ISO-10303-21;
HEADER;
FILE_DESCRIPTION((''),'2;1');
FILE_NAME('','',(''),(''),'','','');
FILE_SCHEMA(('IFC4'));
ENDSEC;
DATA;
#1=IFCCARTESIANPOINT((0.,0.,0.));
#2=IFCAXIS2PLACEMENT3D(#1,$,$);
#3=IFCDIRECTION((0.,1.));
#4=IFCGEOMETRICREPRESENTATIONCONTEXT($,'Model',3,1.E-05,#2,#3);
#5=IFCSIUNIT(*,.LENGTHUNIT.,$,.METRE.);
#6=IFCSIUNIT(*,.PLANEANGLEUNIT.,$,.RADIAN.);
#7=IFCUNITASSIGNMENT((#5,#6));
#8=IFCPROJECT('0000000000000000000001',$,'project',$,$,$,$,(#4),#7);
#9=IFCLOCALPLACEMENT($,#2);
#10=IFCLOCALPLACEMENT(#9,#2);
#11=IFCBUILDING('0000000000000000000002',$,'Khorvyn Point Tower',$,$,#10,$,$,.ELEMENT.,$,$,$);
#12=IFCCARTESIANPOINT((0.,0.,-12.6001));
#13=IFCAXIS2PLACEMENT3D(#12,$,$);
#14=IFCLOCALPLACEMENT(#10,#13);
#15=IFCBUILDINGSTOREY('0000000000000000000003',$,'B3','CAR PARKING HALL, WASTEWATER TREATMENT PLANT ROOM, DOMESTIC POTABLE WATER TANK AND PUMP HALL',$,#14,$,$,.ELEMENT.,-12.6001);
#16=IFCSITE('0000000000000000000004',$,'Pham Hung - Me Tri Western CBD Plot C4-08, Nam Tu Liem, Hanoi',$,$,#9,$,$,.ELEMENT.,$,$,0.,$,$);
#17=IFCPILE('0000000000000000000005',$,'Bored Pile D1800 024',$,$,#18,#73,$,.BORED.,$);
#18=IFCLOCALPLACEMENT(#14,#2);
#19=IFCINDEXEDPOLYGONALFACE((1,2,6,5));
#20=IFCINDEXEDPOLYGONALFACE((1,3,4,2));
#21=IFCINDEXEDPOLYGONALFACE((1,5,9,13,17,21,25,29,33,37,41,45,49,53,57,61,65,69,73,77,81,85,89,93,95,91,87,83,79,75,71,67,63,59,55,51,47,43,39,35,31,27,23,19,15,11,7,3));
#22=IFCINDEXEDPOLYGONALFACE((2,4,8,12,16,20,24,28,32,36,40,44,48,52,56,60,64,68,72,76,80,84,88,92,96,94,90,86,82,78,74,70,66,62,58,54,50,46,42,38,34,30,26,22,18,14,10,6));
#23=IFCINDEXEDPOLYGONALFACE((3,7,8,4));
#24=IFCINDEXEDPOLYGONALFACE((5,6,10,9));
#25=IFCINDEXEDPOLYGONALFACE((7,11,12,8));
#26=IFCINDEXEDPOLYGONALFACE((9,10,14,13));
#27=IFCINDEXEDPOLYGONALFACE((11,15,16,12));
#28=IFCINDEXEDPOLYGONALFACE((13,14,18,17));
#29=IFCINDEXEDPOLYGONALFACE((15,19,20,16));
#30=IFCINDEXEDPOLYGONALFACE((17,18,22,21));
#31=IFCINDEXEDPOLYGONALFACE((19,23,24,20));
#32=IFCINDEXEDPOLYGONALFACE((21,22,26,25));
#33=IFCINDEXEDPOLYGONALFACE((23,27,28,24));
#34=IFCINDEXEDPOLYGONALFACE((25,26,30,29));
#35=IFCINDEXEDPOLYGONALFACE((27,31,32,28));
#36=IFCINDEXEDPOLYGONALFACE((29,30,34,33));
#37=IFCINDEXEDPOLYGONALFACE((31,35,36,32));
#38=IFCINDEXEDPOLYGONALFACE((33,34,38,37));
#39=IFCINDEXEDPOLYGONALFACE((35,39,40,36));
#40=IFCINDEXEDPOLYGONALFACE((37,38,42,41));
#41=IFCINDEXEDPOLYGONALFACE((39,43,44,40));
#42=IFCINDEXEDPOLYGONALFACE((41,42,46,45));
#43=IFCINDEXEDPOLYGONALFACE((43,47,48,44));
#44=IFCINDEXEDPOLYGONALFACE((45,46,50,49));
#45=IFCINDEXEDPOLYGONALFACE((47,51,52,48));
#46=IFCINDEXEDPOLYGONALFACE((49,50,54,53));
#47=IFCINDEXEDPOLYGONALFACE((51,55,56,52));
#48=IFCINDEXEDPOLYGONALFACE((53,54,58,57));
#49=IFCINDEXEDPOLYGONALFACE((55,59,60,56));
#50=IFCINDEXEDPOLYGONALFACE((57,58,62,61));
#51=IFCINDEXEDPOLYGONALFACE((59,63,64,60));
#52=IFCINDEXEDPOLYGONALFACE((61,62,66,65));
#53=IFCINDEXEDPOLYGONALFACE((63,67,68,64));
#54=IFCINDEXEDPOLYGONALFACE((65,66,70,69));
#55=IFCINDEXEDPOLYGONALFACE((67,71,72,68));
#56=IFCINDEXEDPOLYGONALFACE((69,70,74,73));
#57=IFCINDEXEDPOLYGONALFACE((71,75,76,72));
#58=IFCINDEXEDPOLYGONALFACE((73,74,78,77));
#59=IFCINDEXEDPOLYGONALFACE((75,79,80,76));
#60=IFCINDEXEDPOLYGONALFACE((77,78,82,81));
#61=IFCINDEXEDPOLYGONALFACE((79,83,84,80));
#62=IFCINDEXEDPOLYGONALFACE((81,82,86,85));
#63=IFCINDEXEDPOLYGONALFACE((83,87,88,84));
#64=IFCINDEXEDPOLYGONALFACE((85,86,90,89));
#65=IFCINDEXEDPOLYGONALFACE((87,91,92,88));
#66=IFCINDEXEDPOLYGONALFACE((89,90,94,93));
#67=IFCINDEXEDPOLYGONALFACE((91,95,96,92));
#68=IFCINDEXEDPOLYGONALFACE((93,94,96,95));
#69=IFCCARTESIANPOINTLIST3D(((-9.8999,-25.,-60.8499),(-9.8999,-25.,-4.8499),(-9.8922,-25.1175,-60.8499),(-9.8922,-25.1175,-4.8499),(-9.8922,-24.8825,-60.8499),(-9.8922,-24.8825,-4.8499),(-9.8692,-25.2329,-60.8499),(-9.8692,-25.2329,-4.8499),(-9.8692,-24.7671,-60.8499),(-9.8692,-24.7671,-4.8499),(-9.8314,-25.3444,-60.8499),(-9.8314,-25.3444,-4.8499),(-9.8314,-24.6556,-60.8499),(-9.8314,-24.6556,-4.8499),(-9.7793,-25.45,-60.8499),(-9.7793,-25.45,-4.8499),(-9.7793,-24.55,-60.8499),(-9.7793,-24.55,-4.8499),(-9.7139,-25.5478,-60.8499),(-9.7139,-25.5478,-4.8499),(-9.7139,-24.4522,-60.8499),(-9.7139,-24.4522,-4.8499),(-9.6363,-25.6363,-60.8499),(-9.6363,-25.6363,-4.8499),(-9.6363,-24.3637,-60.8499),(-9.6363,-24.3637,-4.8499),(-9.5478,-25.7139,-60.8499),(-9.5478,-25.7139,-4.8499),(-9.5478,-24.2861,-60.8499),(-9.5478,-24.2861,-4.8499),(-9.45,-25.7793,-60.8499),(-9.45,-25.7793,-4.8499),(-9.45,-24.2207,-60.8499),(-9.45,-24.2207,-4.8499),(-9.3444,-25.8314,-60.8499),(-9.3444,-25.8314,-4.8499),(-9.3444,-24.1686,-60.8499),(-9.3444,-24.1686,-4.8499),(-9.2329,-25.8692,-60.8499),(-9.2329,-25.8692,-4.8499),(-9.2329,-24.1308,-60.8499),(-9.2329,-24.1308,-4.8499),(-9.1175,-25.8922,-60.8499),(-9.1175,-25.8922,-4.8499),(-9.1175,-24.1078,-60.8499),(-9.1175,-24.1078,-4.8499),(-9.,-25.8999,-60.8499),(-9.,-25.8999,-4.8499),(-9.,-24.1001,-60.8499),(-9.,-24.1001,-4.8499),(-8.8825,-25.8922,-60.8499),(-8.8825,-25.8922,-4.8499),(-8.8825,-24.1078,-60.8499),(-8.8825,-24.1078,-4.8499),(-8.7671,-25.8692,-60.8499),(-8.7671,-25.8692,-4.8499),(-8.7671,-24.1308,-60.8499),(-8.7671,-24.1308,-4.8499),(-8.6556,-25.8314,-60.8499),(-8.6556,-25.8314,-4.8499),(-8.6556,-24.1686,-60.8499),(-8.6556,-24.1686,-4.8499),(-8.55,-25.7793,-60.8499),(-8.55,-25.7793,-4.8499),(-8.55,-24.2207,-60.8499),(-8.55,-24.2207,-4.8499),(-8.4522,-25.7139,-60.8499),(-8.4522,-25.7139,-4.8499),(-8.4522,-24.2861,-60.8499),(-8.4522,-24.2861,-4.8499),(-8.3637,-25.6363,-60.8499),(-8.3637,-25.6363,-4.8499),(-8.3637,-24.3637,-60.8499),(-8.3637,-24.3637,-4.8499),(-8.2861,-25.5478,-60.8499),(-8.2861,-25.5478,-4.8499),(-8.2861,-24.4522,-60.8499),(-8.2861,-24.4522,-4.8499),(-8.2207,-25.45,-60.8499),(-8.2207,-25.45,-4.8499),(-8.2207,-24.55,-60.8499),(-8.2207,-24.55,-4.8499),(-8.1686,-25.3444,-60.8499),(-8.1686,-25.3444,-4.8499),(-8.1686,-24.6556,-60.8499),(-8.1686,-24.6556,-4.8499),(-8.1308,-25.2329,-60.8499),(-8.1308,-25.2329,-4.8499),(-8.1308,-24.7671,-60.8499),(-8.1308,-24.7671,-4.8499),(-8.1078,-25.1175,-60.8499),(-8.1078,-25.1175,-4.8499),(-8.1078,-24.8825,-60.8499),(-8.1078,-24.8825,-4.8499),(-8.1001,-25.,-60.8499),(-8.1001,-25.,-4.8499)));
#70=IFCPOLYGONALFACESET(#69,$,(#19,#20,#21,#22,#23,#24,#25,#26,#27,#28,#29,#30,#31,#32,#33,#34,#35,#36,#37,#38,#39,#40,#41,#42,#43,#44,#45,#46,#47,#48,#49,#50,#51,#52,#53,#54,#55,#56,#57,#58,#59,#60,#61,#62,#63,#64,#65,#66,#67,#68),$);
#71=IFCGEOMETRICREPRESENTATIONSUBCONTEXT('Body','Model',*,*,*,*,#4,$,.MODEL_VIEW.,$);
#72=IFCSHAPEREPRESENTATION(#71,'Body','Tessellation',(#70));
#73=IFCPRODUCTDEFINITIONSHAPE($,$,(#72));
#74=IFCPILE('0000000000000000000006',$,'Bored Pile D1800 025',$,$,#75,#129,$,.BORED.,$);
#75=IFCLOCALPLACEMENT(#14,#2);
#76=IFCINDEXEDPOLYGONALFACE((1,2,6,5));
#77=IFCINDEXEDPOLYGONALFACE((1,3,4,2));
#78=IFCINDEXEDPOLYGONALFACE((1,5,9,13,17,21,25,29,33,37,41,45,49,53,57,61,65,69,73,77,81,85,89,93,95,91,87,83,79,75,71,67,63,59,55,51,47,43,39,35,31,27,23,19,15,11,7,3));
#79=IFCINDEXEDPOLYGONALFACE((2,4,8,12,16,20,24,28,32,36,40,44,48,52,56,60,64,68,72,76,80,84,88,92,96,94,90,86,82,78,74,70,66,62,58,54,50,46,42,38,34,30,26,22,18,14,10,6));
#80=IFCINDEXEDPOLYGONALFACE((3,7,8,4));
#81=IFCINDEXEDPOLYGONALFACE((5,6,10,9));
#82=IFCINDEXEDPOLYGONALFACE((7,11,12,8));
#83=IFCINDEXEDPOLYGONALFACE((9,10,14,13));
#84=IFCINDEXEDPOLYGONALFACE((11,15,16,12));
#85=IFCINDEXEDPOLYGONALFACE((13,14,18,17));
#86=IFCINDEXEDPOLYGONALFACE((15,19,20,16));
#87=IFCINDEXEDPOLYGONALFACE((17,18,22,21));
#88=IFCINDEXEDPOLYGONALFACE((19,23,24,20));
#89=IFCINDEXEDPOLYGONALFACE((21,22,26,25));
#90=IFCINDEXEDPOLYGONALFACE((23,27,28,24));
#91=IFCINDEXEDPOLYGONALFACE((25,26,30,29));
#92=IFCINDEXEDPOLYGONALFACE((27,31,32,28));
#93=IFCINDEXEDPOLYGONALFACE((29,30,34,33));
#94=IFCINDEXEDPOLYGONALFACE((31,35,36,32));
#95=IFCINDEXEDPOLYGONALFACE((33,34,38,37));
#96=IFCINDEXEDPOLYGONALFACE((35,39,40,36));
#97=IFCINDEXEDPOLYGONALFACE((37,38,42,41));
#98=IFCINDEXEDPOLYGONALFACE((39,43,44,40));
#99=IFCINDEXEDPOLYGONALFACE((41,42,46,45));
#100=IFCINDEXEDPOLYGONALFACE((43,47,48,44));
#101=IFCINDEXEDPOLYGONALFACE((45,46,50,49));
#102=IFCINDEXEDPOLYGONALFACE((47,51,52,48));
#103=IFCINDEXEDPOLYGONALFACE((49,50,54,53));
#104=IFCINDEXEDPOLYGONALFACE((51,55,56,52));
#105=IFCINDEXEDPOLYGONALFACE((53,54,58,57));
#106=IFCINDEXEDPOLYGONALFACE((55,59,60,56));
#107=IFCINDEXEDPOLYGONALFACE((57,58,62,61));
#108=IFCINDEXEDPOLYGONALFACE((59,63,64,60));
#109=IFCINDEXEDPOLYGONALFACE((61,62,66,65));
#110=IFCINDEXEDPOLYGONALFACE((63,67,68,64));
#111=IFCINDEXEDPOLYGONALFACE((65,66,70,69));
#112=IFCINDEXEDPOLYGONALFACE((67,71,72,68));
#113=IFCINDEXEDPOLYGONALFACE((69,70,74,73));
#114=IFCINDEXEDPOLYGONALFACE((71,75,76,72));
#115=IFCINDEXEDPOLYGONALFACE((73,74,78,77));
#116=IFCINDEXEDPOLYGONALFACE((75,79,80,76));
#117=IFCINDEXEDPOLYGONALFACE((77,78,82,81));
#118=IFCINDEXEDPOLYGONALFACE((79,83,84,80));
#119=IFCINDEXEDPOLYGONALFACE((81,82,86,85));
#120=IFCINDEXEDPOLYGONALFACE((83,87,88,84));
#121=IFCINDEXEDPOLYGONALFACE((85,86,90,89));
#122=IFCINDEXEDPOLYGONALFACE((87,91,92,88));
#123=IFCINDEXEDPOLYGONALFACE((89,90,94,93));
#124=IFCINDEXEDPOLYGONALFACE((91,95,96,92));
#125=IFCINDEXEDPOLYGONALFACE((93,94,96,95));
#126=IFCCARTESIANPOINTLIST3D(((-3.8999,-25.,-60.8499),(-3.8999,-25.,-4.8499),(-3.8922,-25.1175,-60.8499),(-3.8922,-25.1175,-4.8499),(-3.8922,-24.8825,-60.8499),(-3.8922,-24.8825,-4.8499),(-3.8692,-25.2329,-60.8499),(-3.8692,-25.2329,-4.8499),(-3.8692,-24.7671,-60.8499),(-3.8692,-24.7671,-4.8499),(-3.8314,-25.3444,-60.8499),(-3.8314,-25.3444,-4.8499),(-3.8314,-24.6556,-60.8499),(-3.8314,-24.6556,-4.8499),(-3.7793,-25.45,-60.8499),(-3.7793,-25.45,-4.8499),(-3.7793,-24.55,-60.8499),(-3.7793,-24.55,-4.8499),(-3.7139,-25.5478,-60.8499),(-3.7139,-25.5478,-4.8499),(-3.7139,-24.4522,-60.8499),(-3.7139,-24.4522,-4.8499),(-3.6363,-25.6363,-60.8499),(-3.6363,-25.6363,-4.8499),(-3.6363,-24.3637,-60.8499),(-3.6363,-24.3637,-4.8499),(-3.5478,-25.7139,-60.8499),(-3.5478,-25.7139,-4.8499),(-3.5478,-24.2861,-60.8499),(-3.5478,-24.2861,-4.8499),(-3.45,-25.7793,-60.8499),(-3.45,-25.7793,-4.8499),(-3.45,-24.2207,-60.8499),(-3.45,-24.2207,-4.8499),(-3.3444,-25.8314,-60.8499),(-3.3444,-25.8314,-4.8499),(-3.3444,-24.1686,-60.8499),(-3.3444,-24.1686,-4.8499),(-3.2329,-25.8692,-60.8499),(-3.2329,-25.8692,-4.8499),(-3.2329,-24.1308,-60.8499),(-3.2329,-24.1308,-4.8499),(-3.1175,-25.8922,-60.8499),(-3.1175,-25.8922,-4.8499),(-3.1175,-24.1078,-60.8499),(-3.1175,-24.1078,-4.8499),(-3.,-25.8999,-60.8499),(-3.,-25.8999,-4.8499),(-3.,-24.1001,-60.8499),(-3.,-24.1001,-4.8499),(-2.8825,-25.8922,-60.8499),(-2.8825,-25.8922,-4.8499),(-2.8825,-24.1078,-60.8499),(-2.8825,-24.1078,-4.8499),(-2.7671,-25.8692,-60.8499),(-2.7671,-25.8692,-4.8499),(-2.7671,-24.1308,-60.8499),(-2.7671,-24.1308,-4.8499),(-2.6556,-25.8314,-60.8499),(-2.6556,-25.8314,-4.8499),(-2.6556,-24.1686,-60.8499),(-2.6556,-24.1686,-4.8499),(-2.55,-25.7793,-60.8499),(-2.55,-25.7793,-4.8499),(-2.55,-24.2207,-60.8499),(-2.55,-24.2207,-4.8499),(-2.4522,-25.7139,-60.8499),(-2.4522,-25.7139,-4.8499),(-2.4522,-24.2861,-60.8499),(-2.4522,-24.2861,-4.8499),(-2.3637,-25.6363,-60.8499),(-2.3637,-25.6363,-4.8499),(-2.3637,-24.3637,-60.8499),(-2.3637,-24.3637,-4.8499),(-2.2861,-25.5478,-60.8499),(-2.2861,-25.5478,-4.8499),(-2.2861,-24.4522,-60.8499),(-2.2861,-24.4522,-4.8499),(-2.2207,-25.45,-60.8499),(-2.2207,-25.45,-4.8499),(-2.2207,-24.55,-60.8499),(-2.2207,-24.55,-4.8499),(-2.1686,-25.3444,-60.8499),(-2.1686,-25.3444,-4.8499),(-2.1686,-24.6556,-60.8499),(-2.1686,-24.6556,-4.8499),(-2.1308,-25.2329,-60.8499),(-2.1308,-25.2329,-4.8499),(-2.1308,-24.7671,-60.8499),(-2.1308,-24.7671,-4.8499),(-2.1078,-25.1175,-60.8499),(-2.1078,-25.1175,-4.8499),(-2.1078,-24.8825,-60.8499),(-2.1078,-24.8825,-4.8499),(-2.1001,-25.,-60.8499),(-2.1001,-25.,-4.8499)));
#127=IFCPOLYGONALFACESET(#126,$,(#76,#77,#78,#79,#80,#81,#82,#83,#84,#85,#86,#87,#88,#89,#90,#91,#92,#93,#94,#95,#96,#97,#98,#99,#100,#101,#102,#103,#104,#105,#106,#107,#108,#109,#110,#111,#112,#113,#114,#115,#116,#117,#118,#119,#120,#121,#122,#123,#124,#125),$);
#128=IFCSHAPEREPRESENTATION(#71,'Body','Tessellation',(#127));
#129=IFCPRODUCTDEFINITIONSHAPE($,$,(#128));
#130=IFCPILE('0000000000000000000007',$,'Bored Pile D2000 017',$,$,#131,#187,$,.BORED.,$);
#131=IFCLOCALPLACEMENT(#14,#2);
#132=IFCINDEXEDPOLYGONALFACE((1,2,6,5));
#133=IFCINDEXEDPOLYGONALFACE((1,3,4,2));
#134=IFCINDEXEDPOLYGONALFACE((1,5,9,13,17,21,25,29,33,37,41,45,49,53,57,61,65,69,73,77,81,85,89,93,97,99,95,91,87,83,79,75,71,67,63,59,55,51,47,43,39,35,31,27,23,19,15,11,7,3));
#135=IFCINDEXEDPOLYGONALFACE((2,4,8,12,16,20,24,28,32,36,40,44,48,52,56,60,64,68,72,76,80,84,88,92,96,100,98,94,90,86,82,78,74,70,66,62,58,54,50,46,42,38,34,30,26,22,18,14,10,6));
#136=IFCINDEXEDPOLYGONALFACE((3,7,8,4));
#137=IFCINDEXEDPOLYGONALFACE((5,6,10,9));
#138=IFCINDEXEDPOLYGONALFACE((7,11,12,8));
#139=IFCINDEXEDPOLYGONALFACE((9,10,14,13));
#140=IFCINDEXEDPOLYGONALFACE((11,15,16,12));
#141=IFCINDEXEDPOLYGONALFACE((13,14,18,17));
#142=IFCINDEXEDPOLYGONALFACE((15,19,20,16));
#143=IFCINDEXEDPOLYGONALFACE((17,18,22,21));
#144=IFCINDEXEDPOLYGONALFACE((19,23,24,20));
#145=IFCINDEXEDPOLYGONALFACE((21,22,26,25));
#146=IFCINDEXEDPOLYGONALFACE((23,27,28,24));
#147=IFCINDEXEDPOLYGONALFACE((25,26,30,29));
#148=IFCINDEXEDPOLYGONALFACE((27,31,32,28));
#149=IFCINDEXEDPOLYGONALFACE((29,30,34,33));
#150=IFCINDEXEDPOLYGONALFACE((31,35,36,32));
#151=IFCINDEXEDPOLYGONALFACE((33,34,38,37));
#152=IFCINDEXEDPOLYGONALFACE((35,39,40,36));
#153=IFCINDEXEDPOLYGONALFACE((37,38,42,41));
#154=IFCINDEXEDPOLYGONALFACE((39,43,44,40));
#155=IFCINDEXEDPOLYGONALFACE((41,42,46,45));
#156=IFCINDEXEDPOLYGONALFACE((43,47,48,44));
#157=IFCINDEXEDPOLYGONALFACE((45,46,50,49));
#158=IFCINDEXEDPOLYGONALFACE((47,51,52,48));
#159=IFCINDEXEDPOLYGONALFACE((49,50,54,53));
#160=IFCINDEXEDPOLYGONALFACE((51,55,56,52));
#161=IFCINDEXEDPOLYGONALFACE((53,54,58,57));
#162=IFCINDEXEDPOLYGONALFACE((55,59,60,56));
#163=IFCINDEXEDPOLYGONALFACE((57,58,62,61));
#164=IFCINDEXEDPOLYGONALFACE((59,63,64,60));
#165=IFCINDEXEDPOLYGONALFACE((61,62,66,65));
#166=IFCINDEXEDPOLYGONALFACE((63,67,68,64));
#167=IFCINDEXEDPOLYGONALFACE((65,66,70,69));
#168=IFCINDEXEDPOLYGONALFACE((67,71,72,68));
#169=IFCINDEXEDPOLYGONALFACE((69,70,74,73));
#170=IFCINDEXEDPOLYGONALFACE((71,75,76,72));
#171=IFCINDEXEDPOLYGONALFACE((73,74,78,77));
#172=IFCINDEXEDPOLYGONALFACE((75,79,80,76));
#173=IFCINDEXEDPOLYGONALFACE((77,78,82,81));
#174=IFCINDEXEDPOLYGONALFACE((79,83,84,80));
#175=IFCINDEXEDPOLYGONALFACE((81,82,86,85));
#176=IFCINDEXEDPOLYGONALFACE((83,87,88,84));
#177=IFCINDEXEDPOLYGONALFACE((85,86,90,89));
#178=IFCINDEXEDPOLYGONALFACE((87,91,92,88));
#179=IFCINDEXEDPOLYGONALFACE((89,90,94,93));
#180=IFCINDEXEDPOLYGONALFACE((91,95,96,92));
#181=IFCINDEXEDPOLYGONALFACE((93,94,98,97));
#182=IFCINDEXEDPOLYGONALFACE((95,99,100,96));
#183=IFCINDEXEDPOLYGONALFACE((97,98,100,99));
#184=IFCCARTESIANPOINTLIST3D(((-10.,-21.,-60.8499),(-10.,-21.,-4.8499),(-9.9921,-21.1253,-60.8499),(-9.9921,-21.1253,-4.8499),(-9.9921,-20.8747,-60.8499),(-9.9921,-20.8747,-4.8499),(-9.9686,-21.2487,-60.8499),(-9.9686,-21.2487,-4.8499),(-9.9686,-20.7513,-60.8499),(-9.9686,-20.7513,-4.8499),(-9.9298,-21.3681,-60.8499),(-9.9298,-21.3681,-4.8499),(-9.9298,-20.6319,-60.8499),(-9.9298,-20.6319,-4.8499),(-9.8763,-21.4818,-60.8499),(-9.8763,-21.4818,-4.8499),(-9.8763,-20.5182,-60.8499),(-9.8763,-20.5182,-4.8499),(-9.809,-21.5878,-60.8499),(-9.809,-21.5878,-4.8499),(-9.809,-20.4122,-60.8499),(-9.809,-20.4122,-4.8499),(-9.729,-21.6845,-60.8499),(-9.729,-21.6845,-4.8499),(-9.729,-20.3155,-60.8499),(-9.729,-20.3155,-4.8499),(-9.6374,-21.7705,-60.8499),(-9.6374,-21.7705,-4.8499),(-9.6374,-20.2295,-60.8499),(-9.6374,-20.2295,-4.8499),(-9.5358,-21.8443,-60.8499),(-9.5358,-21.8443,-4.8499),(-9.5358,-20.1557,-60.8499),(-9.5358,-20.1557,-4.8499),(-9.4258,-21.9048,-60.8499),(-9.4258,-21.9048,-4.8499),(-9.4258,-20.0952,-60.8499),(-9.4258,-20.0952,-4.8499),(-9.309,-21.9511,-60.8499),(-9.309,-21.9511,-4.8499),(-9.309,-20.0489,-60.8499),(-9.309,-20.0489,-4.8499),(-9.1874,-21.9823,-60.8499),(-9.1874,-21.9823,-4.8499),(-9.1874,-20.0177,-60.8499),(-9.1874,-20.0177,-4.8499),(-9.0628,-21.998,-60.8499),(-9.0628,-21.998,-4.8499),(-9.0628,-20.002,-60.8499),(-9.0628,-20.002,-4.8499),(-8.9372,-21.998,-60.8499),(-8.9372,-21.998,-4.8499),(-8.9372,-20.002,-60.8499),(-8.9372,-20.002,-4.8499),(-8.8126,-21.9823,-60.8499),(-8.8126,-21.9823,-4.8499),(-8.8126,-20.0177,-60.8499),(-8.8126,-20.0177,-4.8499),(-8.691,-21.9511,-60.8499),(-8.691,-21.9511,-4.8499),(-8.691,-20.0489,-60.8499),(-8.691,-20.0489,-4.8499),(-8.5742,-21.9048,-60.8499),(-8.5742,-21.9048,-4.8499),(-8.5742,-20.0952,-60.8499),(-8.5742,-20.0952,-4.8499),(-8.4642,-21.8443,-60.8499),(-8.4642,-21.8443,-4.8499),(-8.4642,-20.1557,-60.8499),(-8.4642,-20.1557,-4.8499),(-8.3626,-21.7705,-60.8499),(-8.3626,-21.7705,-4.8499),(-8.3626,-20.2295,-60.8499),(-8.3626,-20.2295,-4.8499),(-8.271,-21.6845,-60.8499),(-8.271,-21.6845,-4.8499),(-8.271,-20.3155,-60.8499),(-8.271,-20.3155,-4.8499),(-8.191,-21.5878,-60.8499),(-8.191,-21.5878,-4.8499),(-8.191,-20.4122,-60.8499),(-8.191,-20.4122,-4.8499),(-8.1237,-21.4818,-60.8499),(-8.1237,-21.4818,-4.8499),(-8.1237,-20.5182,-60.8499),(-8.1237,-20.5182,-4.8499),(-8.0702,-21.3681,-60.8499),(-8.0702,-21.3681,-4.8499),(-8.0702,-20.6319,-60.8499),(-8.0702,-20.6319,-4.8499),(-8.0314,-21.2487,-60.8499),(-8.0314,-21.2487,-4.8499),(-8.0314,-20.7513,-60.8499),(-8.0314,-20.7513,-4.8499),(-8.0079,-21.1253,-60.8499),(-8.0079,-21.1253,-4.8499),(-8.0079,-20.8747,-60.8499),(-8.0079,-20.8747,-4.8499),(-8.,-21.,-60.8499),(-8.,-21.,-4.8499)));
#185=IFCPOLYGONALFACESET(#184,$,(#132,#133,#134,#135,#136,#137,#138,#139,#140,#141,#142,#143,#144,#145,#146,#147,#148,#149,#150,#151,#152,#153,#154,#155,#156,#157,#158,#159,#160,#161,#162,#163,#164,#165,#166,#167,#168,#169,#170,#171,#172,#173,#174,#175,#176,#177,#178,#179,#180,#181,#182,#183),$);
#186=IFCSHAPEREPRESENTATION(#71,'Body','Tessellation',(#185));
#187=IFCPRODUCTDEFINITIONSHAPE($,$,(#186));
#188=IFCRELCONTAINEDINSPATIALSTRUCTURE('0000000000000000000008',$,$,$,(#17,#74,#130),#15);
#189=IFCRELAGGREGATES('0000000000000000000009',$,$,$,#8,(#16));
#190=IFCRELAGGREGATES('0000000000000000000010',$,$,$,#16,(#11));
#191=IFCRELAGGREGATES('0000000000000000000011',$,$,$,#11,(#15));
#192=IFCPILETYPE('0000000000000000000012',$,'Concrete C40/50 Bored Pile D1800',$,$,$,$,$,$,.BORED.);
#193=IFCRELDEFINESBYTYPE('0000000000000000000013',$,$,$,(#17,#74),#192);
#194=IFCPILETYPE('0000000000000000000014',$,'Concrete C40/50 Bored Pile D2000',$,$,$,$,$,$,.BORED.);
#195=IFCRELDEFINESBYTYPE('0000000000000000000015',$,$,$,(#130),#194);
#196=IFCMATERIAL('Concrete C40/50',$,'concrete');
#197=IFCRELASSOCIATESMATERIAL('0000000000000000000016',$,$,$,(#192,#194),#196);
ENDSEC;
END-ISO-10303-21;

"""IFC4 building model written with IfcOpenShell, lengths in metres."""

from ifc_helpers import new_model, si_unit, direction, frame, origin, origin_2d, place, context, subcontext, project, spatial, circle, extrude, material, material_profile, profile_set, type_object, element, save


model = new_model("IFC4")

# Units and contexts
model_context = context("Model", 3, precision=1e-05, world=origin(), true_north=direction((0.0, 1.0)))
body_context = subcontext(model_context, "Body", "Model", "MODEL_VIEW")
ifc_project = project(units=[si_unit("LENGTHUNIT", "METRE"), si_unit("PLANEANGLEUNIT", "RADIAN")], contexts=[model_context])

# Site, building, storey
site_placement = place(None, origin())
site = spatial("IfcSite", under=ifc_project, at=site_placement, Name="Pham Hung - Me Tri Western CBD Plot C4-08, Nam Tu Liem, Hanoi", CompositionType="ELEMENT", RefElevation=0.0)
building_placement = place(site_placement, origin())
building = spatial("IfcBuilding", under=site, at=building_placement, Name="Khorvyn Point Tower", CompositionType="ELEMENT")
storey_placement = place(building_placement, frame((0.0, 0.0, -12.6001)))
storey = spatial("IfcBuildingStorey", under=building, at=storey_placement, Name="B3", Description="CAR PARKING HALL, WASTEWATER TREATMENT PLANT ROOM, DOMESTIC POTABLE WATER TANK AND PUMP HALL", CompositionType="ELEMENT", Elevation=-12.6001)

# Piles
ifc_material_1 = material(Name="Concrete C40/50", Category="concrete")
ifc_material_profile_1 = material_profile(ifc_material_1, circle(Radius=0.8999, at=origin_2d()))
ifc_profile_set_1 = profile_set([ifc_material_profile_1], Name="Concrete C40/50 PILE-D1800")
pile_type_1 = type_object("IfcPileType", Name="Concrete C40/50 Bored Pile D1800", PredefinedType="BORED", material=ifc_profile_set_1)
for number, where, z_axis, x_axis, name in (
    (1, (-9.0, -25.0, -4.8499), (0.0, 0.0, -1.0), (1.0, 0.0, 0.0), "Bored Pile D1800 024"),
    (2, (-3.0, -25.0, -4.8499), (0.0, 0.0, -1.0), (1.0, 0.0, 0.0), "Bored Pile D1800 025"),
):
    element("IfcPile", number, at=place(storey_placement, frame(where, z_axis=z_axis, x_axis=x_axis)), inside=storey, type_object=pile_type_1, Name=name, PredefinedType="BORED", context=body_context, shape_type="SweptSolid", body=[
        extrude(circle(Radius=0.8999, at=origin_2d()), origin(), (0.0, 0.0, 1.0), 56.0),
    ])
ifc_material_profile_2 = material_profile(ifc_material_1, circle(Radius=1.0, at=origin_2d()))
ifc_profile_set_2 = profile_set([ifc_material_profile_2], Name="Concrete C40/50 PILE-D2000")
pile_type_2 = type_object("IfcPileType", Name="Concrete C40/50 Bored Pile D2000", PredefinedType="BORED", material=ifc_profile_set_2)
for number, where, z_axis, x_axis, name in (
    (3, (-9.0, -21.0, -4.8499), (0.0, 0.0, -1.0), (1.0, 0.0, 0.0), "Bored Pile D2000 017"),
):
    element("IfcPile", number, at=place(storey_placement, frame(where, z_axis=z_axis, x_axis=x_axis)), inside=storey, type_object=pile_type_2, Name=name, PredefinedType="BORED", context=body_context, shape_type="SweptSolid", body=[
        extrude(circle(Radius=1.0, at=origin_2d()), origin(), (0.0, 0.0, 1.0), 56.0),
    ])

save(model, "model.ifc")
